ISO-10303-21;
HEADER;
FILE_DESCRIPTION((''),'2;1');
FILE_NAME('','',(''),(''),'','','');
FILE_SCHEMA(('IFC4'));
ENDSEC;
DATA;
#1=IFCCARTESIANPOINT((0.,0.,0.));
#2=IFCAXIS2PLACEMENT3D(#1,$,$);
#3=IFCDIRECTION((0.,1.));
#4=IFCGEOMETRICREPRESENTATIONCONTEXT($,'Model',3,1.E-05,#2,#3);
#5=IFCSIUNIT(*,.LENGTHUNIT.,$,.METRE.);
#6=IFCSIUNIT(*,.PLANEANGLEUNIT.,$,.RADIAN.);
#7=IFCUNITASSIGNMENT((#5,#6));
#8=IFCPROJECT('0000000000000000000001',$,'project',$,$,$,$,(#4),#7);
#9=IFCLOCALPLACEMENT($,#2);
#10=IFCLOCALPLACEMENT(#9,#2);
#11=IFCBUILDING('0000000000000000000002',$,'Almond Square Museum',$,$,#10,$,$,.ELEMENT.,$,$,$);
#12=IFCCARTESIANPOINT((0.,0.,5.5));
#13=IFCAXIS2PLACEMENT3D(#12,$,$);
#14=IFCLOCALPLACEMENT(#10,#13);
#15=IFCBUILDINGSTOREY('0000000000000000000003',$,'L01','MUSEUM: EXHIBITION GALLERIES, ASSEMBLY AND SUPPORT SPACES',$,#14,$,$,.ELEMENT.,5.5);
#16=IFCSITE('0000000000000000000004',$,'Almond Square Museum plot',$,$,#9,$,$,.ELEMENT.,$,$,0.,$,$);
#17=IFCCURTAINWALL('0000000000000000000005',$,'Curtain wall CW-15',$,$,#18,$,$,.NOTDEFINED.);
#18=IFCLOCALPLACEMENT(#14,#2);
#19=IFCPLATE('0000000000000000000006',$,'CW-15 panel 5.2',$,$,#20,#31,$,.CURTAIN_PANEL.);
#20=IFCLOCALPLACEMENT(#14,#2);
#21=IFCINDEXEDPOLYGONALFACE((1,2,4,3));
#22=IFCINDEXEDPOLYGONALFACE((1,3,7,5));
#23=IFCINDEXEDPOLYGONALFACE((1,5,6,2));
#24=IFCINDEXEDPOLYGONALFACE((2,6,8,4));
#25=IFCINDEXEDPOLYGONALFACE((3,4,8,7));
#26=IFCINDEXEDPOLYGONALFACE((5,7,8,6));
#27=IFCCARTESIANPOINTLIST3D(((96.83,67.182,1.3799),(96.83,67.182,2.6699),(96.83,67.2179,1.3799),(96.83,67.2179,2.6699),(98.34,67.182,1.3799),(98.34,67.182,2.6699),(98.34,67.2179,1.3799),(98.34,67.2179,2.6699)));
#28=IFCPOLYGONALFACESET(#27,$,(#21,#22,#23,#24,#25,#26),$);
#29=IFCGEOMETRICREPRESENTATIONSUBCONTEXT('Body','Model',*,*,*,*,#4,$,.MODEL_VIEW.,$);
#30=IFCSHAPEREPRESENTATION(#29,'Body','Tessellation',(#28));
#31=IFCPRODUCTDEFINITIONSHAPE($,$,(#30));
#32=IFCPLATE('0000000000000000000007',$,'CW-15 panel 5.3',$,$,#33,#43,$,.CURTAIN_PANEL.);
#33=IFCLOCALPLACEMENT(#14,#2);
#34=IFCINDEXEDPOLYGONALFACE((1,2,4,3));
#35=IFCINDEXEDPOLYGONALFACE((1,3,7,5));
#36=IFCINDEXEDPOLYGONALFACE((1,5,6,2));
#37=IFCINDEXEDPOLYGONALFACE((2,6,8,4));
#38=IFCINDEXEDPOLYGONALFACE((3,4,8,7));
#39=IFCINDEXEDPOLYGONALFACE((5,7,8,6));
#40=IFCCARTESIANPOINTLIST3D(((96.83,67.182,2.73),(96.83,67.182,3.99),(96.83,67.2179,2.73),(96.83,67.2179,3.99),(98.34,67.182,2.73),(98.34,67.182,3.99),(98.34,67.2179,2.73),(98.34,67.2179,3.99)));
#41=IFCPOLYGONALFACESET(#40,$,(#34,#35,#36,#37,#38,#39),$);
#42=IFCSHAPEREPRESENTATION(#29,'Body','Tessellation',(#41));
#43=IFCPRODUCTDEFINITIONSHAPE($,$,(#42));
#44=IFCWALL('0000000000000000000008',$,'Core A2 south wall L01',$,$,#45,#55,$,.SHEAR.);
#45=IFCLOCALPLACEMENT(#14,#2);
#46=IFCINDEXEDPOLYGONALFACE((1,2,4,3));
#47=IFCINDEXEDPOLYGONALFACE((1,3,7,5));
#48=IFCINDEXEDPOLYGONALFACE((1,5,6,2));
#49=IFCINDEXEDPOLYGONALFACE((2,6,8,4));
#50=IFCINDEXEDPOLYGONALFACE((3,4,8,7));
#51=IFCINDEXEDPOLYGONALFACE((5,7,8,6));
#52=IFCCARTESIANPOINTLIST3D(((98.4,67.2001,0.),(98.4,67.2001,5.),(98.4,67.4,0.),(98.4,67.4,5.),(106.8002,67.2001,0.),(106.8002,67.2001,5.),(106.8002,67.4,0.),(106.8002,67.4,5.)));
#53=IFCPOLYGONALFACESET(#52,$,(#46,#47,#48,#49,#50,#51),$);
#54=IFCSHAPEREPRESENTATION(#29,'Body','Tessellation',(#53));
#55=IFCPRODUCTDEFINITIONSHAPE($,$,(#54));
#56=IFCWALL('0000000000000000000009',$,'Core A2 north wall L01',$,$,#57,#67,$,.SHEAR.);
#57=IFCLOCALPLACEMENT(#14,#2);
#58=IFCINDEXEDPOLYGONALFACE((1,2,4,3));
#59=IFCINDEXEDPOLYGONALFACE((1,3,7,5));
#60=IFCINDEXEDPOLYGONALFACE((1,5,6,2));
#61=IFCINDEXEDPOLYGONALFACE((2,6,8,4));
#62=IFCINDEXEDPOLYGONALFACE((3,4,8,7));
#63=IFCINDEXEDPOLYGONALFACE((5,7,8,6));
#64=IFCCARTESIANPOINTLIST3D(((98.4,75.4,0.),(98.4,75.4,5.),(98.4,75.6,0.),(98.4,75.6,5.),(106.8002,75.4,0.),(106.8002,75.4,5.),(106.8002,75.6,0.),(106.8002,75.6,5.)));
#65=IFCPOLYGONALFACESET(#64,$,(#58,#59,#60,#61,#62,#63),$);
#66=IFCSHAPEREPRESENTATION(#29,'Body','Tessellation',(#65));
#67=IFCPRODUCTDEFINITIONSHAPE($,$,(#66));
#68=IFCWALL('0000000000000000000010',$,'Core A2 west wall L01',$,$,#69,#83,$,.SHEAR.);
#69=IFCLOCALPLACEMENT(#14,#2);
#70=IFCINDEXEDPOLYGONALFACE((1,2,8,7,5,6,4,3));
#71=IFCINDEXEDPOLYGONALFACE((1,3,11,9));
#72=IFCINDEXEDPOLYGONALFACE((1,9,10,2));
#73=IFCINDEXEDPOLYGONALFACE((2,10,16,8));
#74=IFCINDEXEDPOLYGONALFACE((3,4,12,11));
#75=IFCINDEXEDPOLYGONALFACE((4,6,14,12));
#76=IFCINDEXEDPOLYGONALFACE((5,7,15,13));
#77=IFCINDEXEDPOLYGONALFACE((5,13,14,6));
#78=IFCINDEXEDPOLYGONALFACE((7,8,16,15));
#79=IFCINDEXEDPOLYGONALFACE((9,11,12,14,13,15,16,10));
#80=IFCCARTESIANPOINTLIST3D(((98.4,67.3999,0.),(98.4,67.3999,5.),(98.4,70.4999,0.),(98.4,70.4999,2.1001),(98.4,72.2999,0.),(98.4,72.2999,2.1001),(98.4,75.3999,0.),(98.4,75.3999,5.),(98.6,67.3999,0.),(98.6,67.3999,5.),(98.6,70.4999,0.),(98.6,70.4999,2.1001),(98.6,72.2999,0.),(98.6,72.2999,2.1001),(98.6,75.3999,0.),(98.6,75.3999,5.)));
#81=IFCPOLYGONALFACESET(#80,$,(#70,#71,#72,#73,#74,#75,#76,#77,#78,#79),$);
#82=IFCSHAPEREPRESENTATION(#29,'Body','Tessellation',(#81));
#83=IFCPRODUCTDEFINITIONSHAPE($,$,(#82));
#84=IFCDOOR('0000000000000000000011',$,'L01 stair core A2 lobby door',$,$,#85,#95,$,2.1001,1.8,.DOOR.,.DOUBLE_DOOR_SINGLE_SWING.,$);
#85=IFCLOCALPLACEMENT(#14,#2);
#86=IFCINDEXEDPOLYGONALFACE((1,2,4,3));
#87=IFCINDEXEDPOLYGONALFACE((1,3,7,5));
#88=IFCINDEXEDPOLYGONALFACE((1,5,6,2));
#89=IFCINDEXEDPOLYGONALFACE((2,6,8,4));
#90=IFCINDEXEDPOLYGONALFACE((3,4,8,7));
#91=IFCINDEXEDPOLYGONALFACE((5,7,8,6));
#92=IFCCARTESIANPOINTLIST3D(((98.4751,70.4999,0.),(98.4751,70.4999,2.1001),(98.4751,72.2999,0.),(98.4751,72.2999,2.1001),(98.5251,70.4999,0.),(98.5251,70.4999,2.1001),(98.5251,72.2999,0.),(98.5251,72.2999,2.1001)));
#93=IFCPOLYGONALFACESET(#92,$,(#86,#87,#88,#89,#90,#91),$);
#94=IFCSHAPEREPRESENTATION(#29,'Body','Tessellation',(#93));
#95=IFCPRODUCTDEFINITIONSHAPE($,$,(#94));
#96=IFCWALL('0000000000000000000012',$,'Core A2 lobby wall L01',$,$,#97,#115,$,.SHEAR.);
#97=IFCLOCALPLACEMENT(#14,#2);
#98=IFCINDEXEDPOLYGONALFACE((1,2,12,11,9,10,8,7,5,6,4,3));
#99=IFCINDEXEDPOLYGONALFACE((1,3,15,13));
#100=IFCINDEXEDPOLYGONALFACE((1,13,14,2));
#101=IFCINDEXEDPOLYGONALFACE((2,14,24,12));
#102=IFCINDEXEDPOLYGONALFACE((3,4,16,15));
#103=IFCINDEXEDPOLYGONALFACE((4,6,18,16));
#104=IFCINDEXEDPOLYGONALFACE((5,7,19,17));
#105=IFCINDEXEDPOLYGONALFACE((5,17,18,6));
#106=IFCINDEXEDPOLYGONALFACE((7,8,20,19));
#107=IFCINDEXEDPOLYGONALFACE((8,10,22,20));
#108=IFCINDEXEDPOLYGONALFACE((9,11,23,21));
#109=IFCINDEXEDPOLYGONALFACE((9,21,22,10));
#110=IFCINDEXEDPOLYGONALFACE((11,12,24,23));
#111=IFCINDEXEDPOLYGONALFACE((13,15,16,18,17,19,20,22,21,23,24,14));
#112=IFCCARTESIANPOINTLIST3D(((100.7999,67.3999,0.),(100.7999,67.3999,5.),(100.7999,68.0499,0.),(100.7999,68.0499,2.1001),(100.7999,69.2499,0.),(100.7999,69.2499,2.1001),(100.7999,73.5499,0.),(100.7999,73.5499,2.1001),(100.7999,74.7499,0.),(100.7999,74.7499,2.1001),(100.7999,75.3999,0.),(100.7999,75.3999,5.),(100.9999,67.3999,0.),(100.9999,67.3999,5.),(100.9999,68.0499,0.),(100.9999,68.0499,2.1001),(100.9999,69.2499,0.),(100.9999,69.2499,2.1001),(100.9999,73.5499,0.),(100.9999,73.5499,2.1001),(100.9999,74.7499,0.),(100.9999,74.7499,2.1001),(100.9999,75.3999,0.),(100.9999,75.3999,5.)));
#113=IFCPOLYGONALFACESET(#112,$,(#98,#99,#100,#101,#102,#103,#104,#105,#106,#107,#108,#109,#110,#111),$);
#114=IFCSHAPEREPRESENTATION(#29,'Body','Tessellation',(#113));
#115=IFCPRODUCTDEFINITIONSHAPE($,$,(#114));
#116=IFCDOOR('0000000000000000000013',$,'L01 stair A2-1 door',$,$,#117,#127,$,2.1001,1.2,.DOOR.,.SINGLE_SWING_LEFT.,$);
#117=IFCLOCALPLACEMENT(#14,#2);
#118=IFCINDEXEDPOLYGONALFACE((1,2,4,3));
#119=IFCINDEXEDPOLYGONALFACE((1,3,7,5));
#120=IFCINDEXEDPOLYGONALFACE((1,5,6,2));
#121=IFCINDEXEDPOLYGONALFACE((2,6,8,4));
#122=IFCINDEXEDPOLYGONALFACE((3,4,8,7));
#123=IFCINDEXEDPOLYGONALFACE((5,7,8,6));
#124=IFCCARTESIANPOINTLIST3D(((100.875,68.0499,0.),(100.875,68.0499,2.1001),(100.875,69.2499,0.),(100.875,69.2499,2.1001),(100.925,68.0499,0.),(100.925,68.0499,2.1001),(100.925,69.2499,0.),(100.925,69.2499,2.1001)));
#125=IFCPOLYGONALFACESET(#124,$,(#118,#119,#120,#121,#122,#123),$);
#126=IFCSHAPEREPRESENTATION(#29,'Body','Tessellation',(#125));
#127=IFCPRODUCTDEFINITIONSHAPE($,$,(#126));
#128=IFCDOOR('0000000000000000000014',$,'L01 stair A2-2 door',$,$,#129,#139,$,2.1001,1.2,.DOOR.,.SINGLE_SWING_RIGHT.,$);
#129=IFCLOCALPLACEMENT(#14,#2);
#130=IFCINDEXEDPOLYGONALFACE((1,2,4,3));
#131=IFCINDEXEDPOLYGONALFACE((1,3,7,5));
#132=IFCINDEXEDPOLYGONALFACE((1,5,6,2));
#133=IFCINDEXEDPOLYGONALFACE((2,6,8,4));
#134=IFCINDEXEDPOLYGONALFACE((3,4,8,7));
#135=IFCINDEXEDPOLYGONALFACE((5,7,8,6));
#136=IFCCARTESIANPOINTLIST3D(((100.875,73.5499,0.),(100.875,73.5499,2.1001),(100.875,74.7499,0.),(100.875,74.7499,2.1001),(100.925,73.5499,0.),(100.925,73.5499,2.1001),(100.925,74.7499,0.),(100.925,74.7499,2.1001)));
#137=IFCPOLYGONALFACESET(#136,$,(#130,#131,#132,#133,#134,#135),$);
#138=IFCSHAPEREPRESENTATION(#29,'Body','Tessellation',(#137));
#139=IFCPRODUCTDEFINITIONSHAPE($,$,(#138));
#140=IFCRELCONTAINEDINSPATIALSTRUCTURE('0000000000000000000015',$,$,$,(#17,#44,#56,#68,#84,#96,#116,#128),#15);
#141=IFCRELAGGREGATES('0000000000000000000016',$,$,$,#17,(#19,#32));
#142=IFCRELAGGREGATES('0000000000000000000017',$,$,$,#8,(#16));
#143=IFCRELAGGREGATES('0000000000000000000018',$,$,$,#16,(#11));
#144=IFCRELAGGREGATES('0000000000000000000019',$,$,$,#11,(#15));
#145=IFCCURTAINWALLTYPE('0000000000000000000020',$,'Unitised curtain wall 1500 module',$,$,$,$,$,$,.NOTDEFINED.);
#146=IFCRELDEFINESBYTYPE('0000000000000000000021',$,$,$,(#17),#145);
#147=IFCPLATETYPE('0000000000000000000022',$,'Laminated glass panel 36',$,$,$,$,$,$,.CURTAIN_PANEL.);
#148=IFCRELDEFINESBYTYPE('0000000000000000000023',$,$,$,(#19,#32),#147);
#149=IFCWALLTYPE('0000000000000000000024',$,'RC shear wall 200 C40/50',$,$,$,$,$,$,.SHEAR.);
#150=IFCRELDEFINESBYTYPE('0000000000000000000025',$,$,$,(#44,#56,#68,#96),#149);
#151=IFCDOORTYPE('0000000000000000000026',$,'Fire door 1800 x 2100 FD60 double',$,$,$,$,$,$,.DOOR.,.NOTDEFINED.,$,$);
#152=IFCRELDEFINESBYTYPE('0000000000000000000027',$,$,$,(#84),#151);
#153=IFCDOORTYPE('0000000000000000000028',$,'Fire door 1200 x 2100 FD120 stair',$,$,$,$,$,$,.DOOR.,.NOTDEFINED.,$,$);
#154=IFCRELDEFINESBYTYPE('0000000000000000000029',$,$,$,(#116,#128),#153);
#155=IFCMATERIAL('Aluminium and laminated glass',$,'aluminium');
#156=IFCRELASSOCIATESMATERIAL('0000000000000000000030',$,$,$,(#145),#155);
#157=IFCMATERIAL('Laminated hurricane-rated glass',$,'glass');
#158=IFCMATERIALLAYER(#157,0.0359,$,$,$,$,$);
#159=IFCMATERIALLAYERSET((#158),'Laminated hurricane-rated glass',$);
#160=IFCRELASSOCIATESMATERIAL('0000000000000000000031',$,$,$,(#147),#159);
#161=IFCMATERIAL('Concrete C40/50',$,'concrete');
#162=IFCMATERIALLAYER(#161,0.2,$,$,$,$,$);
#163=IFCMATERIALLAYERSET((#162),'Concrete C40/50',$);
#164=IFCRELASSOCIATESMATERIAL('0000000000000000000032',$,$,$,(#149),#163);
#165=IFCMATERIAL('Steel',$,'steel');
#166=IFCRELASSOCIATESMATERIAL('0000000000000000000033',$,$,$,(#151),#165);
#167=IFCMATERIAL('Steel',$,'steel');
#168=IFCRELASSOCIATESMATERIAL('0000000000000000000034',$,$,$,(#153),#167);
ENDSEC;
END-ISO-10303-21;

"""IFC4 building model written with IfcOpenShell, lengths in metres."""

from ifc_helpers import new_model, si_unit, direction, frame, frame_2d, origin, origin_2d, place, context, subcontext, project, spatial, rectangle, extrude, material, layer, layer_set, type_object, element, fill, aggregate, save


model = new_model("IFC4")

# Units and contexts
model_context = context("Model", 3, precision=1e-05, world=origin(), true_north=direction((0.0, 1.0)))
body_context = subcontext(model_context, "Body", "Model", "MODEL_VIEW")
ifc_project = project(units=[si_unit("LENGTHUNIT", "METRE"), si_unit("PLANEANGLEUNIT", "RADIAN")], contexts=[model_context])

# Site, building, storey
site_placement = place(None, origin())
site = spatial("IfcSite", under=ifc_project, at=site_placement, Name="Almond Square Museum plot", CompositionType="ELEMENT", RefElevation=0.0)
building_placement = place(site_placement, origin())
building = spatial("IfcBuilding", under=site, at=building_placement, Name="Almond Square Museum", CompositionType="ELEMENT")
storey_placement = place(building_placement, frame((0.0, 0.0, 5.5)))
storey = spatial("IfcBuildingStorey", under=building, at=storey_placement, Name="L01", Description="MUSEUM: EXHIBITION GALLERIES, ASSEMBLY AND SUPPORT SPACES", CompositionType="ELEMENT", Elevation=5.5)

# Curtain wall
ifc_material_1 = material(Name="Aluminium and laminated glass", Category="aluminium")
curtain_wall_type = type_object("IfcCurtainWallType", Name="Unitised curtain wall 1500 module", PredefinedType="NOTDEFINED", material=ifc_material_1)
curtain_wall_placement = place(storey_placement, origin())
curtain_wall = element("IfcCurtainWall", 1, at=curtain_wall_placement, inside=storey, type_object=curtain_wall_type, Name="Curtain wall CW-15", PredefinedType="NOTDEFINED")

# Plates
ifc_material_2 = material(Name="Laminated hurricane-rated glass", Category="glass")
ifc_layer_1 = layer(ifc_material_2, 0.0359)
ifc_layer_set_1 = layer_set([ifc_layer_1], Name="Laminated hurricane-rated glass")
plate_type = type_object("IfcPlateType", Name="Laminated glass panel 36", PredefinedType="CURTAIN_PANEL", material=ifc_layer_set_1)
plate_1_placement = place(storey_placement, frame((97.585, 67.2, 1.3799), z_axis=(0.0, 0.0, 1.0), x_axis=(1.0, 0.0, 0.0)))
plate_1 = element("IfcPlate", 2, at=plate_1_placement, type_object=plate_type, Name="CW-15 panel 5.2", PredefinedType="CURTAIN_PANEL", context=body_context, shape_type="SweptSolid", body=[
    extrude(rectangle(XDim=1.51, YDim=0.0359, at=origin_2d()), origin(), (0.0, 0.0, 1.0), 1.29),
])
plate_2_placement = place(storey_placement, frame((97.585, 67.2, 2.73), z_axis=(0.0, 0.0, 1.0), x_axis=(1.0, 0.0, 0.0)))
plate_2 = element("IfcPlate", 3, at=plate_2_placement, type_object=plate_type, Name="CW-15 panel 5.3", PredefinedType="CURTAIN_PANEL", context=body_context, shape_type="SweptSolid", body=[
    extrude(rectangle(XDim=1.51, YDim=0.0359, at=origin_2d()), origin(), (0.0, 0.0, 1.0), 1.26),
])
aggregate(curtain_wall, [plate_1, plate_2])

# Walls
ifc_material_3 = material(Name="Concrete C40/50", Category="concrete")
ifc_layer_2 = layer(ifc_material_3, 0.2)
ifc_layer_set_2 = layer_set([ifc_layer_2], Name="Concrete C40/50")
wall_type = type_object("IfcWallType", Name="RC shear wall 200 C40/50", PredefinedType="SHEAR", material=ifc_layer_set_2)
for number, where, z_axis, x_axis, name in (
    (4, (98.3999, 67.3, 0.0), (0.0, 0.0, 1.0), (1.0, 0.0, 0.0), "Core A2 south wall L01"),
    (5, (98.3999, 75.5, 0.0), (0.0, 0.0, 1.0), (1.0, 0.0, 0.0), "Core A2 north wall L01"),
):
    element("IfcWall", number, at=place(storey_placement, frame(where, z_axis=z_axis, x_axis=x_axis)), inside=storey, type_object=wall_type, Name=name, PredefinedType="SHEAR", context=body_context, shape_type="SweptSolid", body=[
        extrude(rectangle(XDim=8.4001, YDim=0.2, at=frame_2d((4.2002, 0.0))), origin(), (0.0, 0.0, 1.0), 5.0),
    ])

# Wall, opening, door
wall_1_placement = place(storey_placement, frame((98.5, 67.3999, 0.0), z_axis=(0.0, 0.0, 1.0), x_axis=(0.0, 1.0, 0.0)))
wall_1 = element("IfcWall", 6, at=wall_1_placement, inside=storey, type_object=wall_type, Name="Core A2 west wall L01", PredefinedType="SHEAR", context=body_context, shape_type="SweptSolid", body=[
    extrude(rectangle(XDim=8.0, YDim=0.2, at=frame_2d((4.0, 0.0))), origin(), (0.0, 0.0, 1.0), 5.0),
])
opening_1_placement = place(wall_1_placement, frame((3.1001, 0.0, 0.0)))
opening_1 = element("IfcOpeningElement", 7, at=opening_1_placement, cuts=wall_1, PredefinedType="OPENING", context=body_context, shape_type="SweptSolid", body=[
    extrude(rectangle(XDim=1.8, YDim=2.1001, at=frame_2d((0.8999, 1.05))), frame((0.0, 0.1099, 0.0), z_axis=(0.0, -1.0, 0.0), x_axis=(1.0, 0.0, 0.0)), (0.0, 0.0, 1.0), 0.22),
])
ifc_material_4 = material(Name="Steel", Category="steel")
door_type_1 = type_object("IfcDoorType", Name="Fire door 1800 x 2100 FD60 double", OperationType="NOTDEFINED", PredefinedType="DOOR", material=ifc_material_4)
door_1_placement = place(opening_1_placement, origin())
door_1 = element("IfcDoor", 8, at=door_1_placement, inside=storey, type_object=door_type_1, Name="L01 stair core A2 lobby door", OperationType="DOUBLE_DOOR_SINGLE_SWING", OverallHeight=2.1001, OverallWidth=1.8, PredefinedType="DOOR", context=body_context, shape_type="SweptSolid", body=[
    extrude(rectangle(XDim=1.8, YDim=2.1001, at=frame_2d((0.8999, 1.05))), frame((0.0, 0.0249, 0.0), z_axis=(0.0, -1.0, 0.0), x_axis=(1.0, 0.0, 0.0)), (0.0, 0.0, 1.0), 0.05),
])
fill(opening_1, door_1)

# Wall, openings, doors
wall_2_placement = place(storey_placement, frame((100.8999, 67.3999, 0.0), z_axis=(0.0, 0.0, 1.0), x_axis=(0.0, 1.0, 0.0)))
wall_2 = element("IfcWall", 9, at=wall_2_placement, inside=storey, type_object=wall_type, Name="Core A2 lobby wall L01", PredefinedType="SHEAR", context=body_context, shape_type="SweptSolid", body=[
    extrude(rectangle(XDim=8.0, YDim=0.2, at=frame_2d((4.0, 0.0))), origin(), (0.0, 0.0, 1.0), 5.0),
])
opening_2_placement = place(wall_2_placement, frame((0.6499, 0.0, 0.0)))
opening_2 = element("IfcOpeningElement", 10, at=opening_2_placement, cuts=wall_2, PredefinedType="OPENING", context=body_context, shape_type="SweptSolid", body=[
    extrude(rectangle(XDim=1.2, YDim=2.1001, at=frame_2d((0.6001, 1.05))), frame((0.0, 0.1099, 0.0), z_axis=(0.0, -1.0, 0.0), x_axis=(1.0, 0.0, 0.0)), (0.0, 0.0, 1.0), 0.22),
])
opening_3_placement = place(wall_2_placement, frame((6.1499, 0.0, 0.0)))
opening_3 = element("IfcOpeningElement", 11, at=opening_3_placement, cuts=wall_2, PredefinedType="OPENING", context=body_context, shape_type="SweptSolid", body=[
    extrude(rectangle(XDim=1.2, YDim=2.1001, at=frame_2d((0.6001, 1.05))), frame((0.0, 0.1099, 0.0), z_axis=(0.0, -1.0, 0.0), x_axis=(1.0, 0.0, 0.0)), (0.0, 0.0, 1.0), 0.22),
])
ifc_material_5 = material(Name="Steel", Category="steel")
door_type_2 = type_object("IfcDoorType", Name="Fire door 1200 x 2100 FD120 stair", OperationType="NOTDEFINED", PredefinedType="DOOR", material=ifc_material_5)
door_2_placement = place(opening_2_placement, origin())
door_2 = element("IfcDoor", 12, at=door_2_placement, inside=storey, type_object=door_type_2, Name="L01 stair A2-1 door", OperationType="SINGLE_SWING_LEFT", OverallHeight=2.1001, OverallWidth=1.2, PredefinedType="DOOR", context=body_context, shape_type="SweptSolid", body=[
    extrude(rectangle(XDim=1.2, YDim=2.1001, at=frame_2d((0.6001, 1.05))), frame((0.0, 0.0249, 0.0), z_axis=(0.0, -1.0, 0.0), x_axis=(1.0, 0.0, 0.0)), (0.0, 0.0, 1.0), 0.05),
])
fill(opening_2, door_2)
door_3_placement = place(opening_3_placement, origin())
door_3 = element("IfcDoor", 13, at=door_3_placement, inside=storey, type_object=door_type_2, Name="L01 stair A2-2 door", OperationType="SINGLE_SWING_RIGHT", OverallHeight=2.1001, OverallWidth=1.2, PredefinedType="DOOR", context=body_context, shape_type="SweptSolid", body=[
    extrude(rectangle(XDim=1.2, YDim=2.1001, at=frame_2d((0.6001, 1.05))), frame((0.0, 0.0249, 0.0), z_axis=(0.0, -1.0, 0.0), x_axis=(1.0, 0.0, 0.0)), (0.0, 0.0, 1.0), 0.05),
])
fill(opening_3, door_3)

save(model, "model.ifc")
